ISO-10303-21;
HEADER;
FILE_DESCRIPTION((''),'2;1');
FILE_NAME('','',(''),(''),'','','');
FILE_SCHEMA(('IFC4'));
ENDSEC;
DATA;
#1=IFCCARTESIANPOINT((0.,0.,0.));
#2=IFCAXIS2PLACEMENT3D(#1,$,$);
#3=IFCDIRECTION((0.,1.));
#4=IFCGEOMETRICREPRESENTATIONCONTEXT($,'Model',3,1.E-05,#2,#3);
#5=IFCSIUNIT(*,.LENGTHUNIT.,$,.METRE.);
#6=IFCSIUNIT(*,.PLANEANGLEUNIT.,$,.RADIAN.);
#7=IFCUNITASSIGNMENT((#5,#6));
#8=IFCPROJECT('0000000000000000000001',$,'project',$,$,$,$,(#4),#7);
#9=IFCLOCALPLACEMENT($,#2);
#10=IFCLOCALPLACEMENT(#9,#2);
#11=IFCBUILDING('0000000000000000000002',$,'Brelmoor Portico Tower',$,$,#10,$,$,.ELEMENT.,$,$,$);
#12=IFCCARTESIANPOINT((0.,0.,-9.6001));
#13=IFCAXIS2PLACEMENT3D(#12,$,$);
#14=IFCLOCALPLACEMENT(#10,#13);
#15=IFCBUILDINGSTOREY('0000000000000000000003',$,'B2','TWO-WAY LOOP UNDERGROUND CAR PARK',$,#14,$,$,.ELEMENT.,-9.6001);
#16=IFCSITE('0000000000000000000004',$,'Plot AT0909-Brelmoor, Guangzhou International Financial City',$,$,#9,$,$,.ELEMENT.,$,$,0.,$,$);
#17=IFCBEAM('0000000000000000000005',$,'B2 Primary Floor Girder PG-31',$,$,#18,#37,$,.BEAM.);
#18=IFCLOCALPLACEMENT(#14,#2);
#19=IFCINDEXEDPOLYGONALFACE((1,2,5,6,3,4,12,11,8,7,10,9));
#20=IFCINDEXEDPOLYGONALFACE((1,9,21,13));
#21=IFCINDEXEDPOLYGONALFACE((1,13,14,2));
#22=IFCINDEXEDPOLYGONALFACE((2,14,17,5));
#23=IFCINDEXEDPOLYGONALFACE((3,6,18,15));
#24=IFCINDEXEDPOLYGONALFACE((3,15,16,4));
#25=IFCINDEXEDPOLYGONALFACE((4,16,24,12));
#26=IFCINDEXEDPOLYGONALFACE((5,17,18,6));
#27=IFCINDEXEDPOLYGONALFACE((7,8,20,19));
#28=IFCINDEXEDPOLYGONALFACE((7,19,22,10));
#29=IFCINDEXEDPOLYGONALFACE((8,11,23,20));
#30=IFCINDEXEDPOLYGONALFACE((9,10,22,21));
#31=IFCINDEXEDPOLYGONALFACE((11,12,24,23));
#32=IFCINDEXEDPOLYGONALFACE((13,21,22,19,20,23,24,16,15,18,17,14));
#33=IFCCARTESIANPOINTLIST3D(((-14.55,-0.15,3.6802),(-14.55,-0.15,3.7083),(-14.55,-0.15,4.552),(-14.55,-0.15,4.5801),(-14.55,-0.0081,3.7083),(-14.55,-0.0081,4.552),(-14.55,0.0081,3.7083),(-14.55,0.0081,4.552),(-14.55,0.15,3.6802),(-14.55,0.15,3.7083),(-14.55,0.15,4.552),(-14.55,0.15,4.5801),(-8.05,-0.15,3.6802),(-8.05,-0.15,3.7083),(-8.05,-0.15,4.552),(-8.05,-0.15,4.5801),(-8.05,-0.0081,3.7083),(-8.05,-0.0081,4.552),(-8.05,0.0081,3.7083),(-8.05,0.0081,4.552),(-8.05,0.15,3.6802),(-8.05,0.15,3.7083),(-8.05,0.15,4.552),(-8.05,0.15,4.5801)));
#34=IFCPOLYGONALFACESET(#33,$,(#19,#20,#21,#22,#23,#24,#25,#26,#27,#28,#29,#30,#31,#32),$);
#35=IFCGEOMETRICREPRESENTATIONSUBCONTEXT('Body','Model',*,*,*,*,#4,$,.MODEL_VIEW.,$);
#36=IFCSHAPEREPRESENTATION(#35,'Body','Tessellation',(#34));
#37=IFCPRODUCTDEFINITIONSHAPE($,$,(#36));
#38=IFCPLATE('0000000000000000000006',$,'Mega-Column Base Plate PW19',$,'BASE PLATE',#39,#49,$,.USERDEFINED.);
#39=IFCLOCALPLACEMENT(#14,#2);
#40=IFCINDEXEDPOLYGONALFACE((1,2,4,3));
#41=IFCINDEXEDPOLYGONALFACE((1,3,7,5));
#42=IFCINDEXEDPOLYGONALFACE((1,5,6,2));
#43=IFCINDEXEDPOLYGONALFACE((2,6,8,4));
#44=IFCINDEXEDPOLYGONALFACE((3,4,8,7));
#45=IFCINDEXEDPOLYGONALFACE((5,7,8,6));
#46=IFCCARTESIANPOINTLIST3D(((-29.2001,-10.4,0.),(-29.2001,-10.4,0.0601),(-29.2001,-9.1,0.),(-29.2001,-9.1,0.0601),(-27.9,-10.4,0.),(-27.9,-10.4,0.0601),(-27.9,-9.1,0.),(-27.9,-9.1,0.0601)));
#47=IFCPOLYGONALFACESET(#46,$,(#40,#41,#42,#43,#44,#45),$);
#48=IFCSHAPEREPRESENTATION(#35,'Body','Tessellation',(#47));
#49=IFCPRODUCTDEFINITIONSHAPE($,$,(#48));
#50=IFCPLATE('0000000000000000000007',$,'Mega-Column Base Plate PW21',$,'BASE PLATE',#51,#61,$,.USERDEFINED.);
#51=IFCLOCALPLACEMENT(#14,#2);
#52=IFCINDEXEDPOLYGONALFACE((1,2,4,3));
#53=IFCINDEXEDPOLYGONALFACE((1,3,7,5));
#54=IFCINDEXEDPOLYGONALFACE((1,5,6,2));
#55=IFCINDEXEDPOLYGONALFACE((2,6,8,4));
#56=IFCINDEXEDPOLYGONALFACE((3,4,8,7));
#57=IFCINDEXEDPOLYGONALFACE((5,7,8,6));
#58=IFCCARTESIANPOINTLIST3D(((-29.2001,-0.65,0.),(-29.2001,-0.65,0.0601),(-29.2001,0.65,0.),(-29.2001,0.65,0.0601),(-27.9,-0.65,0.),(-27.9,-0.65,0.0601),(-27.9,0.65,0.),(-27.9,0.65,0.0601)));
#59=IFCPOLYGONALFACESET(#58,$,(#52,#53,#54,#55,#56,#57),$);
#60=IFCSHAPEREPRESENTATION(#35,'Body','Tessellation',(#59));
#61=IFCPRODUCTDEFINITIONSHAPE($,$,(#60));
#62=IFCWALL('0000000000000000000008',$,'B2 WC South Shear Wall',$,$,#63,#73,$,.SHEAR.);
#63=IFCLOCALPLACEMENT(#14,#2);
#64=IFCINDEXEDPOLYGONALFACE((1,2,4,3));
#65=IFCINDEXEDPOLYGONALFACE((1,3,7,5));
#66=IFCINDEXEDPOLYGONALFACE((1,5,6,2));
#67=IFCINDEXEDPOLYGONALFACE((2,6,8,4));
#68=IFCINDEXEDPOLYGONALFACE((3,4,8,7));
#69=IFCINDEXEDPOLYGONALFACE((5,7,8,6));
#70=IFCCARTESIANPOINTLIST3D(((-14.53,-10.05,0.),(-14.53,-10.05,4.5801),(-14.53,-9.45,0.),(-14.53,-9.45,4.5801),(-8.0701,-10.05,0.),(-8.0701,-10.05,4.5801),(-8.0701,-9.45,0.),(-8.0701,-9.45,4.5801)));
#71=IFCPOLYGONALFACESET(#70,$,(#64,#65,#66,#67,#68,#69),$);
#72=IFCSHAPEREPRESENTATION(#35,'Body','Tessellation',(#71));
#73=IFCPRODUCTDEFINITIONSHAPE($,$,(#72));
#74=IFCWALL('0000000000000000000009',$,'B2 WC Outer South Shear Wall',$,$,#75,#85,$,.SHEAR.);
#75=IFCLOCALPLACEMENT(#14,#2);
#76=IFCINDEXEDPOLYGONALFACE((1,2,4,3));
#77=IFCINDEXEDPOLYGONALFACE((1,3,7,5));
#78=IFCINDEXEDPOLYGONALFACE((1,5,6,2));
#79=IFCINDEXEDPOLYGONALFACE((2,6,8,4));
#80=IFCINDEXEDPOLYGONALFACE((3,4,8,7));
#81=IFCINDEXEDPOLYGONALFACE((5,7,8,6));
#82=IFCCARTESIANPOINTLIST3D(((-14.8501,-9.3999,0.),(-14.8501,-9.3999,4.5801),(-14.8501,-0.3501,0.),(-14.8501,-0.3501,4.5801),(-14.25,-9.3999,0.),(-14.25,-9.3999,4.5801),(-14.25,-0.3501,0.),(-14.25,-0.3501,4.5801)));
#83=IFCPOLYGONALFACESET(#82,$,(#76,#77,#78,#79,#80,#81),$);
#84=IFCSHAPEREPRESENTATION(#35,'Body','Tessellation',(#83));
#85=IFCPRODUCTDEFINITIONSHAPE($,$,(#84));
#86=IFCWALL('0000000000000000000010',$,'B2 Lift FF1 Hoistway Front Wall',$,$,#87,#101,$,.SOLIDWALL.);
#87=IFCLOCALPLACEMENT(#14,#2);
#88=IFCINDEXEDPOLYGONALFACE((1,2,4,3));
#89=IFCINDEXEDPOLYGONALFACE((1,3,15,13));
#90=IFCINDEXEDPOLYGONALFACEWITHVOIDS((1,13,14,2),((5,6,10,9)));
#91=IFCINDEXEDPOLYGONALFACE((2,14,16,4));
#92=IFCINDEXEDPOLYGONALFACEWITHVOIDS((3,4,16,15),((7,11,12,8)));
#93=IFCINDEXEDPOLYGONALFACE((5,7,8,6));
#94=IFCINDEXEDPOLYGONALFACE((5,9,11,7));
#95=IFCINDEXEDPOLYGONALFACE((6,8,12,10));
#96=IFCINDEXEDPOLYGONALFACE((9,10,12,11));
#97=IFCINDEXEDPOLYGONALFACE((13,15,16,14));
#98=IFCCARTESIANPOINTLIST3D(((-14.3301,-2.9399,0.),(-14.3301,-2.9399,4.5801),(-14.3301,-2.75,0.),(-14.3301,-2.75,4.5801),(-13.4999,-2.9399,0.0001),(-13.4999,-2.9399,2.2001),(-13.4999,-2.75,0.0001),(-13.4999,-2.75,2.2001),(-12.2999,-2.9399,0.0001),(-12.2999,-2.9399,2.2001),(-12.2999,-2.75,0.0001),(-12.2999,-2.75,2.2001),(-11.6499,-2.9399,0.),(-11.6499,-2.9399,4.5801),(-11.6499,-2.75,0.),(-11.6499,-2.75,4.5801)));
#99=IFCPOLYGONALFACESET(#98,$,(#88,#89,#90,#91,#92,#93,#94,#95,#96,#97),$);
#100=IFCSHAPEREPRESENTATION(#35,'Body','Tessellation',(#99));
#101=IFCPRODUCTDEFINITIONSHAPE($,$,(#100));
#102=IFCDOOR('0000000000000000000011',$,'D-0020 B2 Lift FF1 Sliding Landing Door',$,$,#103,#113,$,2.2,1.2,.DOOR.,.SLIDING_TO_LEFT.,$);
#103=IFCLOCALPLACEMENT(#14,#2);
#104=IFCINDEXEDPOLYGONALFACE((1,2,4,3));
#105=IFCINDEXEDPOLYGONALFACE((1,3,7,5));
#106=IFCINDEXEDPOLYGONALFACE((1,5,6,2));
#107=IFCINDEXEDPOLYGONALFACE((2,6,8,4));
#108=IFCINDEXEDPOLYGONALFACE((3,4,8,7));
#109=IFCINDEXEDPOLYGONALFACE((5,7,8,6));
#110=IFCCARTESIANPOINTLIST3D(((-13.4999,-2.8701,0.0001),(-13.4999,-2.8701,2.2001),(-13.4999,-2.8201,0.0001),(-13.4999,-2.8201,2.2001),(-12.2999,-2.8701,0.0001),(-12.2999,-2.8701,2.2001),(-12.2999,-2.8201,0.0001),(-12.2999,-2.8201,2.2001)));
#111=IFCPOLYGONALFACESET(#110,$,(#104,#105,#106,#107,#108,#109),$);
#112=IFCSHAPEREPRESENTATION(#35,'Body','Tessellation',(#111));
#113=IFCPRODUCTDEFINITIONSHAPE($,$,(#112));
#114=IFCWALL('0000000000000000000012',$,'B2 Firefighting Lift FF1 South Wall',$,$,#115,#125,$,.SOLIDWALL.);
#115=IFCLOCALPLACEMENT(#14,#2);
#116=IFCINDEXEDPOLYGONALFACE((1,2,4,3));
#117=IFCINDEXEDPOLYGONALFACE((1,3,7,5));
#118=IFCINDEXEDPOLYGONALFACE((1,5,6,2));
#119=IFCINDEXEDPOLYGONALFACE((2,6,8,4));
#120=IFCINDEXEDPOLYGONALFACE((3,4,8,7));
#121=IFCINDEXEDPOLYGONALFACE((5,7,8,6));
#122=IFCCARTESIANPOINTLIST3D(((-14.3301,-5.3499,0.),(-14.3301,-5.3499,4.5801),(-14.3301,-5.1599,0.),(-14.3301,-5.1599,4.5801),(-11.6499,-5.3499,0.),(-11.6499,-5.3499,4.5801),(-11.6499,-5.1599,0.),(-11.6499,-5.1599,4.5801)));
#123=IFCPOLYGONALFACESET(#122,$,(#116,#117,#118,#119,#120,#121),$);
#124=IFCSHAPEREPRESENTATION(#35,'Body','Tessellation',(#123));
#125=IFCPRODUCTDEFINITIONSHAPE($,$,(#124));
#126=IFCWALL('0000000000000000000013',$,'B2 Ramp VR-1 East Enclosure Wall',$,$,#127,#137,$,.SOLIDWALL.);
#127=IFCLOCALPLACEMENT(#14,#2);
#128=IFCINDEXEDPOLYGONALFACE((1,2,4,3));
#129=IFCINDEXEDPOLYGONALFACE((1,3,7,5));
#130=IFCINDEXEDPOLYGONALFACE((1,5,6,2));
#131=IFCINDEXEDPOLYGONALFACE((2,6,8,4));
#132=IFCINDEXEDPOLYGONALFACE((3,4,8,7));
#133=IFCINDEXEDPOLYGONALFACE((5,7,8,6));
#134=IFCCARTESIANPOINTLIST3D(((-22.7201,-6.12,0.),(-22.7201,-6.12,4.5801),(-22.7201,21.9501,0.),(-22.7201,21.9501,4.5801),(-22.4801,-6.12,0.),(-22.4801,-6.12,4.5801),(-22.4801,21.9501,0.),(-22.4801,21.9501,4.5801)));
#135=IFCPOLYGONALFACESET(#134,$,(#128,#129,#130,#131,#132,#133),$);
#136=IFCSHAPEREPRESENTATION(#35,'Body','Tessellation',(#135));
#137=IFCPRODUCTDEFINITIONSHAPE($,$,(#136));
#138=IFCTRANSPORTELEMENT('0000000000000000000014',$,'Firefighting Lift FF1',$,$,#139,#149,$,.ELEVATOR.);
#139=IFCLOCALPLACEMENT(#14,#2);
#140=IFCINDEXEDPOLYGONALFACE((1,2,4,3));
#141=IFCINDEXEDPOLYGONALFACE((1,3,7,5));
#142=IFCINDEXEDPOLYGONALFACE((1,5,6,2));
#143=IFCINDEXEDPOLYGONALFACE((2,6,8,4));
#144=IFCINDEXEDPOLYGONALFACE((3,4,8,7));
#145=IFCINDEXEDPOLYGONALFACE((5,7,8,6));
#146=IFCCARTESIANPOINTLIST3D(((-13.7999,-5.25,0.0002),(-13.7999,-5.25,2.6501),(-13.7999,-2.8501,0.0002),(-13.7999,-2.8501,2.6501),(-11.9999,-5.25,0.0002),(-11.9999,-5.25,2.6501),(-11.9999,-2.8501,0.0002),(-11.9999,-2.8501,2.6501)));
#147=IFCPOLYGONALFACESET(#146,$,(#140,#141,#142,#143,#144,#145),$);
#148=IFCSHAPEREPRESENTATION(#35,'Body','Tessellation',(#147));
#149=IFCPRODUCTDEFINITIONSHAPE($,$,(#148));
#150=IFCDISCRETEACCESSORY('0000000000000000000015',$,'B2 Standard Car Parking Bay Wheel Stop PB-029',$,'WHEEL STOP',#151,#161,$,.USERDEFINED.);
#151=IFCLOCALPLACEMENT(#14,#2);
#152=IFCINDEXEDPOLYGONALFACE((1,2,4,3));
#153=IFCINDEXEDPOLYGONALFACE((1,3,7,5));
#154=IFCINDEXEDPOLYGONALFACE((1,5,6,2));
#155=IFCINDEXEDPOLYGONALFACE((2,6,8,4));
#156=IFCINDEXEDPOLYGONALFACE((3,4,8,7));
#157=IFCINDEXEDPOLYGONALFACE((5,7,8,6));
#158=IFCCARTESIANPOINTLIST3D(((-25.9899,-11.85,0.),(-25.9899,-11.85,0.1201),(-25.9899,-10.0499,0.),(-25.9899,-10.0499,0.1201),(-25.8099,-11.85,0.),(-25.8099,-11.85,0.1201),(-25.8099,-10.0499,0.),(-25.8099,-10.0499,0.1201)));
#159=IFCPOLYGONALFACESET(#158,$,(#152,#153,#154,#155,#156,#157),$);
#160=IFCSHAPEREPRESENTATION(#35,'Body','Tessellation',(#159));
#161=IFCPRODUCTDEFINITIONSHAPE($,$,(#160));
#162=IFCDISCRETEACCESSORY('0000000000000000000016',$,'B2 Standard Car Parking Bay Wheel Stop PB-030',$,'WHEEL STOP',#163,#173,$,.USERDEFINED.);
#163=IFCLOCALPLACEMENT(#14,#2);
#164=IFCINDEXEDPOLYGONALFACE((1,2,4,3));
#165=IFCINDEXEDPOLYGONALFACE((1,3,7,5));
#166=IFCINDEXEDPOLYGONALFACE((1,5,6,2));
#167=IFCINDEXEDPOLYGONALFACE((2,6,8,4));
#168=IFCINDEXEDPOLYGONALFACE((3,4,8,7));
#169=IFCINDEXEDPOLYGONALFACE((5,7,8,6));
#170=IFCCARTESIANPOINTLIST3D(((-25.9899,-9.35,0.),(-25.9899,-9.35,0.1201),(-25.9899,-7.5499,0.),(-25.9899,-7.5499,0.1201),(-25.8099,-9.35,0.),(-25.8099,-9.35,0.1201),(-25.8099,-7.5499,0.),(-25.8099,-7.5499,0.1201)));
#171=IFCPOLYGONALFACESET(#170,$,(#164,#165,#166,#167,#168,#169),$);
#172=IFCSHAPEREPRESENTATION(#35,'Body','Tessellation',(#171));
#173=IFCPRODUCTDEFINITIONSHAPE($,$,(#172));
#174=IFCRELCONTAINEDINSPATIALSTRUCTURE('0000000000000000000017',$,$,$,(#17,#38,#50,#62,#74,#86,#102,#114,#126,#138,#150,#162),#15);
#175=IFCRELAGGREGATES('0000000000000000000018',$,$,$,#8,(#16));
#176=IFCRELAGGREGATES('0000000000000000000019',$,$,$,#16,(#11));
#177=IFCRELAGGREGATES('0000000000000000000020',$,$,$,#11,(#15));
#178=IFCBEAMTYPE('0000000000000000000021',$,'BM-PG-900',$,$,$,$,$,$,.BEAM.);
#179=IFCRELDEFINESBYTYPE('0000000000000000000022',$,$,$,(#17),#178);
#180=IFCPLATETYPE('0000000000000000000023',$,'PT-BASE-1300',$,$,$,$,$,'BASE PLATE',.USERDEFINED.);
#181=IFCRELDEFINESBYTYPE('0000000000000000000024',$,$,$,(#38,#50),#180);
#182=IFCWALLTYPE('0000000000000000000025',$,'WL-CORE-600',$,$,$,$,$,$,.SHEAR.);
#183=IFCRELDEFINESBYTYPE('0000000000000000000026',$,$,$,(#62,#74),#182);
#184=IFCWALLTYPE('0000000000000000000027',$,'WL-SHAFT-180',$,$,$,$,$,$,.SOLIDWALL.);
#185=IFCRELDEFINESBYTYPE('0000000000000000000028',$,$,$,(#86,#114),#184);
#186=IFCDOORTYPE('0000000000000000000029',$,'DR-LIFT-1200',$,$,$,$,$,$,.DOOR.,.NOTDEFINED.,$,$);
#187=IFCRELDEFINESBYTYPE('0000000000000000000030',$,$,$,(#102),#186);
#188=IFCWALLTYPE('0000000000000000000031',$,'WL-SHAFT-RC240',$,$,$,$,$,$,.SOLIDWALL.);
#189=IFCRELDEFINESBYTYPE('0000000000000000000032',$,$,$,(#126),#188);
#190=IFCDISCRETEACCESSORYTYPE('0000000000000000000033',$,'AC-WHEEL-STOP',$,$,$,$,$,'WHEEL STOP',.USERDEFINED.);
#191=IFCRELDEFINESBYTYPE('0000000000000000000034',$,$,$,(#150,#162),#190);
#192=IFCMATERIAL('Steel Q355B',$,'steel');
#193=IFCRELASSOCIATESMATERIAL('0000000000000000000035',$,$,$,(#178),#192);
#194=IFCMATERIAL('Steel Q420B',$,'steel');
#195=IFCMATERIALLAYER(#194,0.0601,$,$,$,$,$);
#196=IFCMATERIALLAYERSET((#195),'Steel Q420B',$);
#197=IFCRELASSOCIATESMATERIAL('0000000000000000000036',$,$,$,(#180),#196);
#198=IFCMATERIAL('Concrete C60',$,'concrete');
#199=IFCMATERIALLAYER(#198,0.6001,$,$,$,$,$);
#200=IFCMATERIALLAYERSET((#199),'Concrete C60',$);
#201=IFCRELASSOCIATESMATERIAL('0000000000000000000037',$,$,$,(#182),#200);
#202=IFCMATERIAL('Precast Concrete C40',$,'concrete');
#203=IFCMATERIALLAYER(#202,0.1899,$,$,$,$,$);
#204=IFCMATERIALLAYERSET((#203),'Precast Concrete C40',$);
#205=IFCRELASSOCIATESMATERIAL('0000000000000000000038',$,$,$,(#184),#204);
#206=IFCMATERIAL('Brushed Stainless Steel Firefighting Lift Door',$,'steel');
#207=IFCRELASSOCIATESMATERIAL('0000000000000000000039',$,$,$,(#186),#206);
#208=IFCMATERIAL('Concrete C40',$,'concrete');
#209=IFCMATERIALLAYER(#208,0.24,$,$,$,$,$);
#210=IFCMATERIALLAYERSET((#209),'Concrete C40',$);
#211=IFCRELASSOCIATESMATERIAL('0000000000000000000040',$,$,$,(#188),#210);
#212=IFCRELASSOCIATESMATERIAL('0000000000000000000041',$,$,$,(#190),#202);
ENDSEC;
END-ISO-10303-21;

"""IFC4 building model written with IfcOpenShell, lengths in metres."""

from ifc_helpers import new_model, si_unit, direction, frame, frame_2d, origin, origin_2d, place, context, subcontext, project, spatial, rectangle, i_section, extrude, material, layer, layer_set, material_profile, profile_set, type_object, element, fill, save


model = new_model("IFC4")

# Units and contexts
model_context = context("Model", 3, precision=1e-05, world=origin(), true_north=direction((0.0, 1.0)))
body_context = subcontext(model_context, "Body", "Model", "MODEL_VIEW")
ifc_project = project(units=[si_unit("LENGTHUNIT", "METRE"), si_unit("PLANEANGLEUNIT", "RADIAN")], contexts=[model_context])

# Site, building, storey
site_placement = place(None, origin())
site = spatial("IfcSite", under=ifc_project, at=site_placement, Name="Plot AT0909-Brelmoor, Guangzhou International Financial City", CompositionType="ELEMENT", RefElevation=0.0)
building_placement = place(site_placement, origin())
building = spatial("IfcBuilding", under=site, at=building_placement, Name="Brelmoor Portico Tower", CompositionType="ELEMENT")
storey_placement = place(building_placement, frame((0.0, 0.0, -9.6001)))
storey = spatial("IfcBuildingStorey", under=building, at=storey_placement, Name="B2", Description="TWO-WAY LOOP UNDERGROUND CAR PARK", CompositionType="ELEMENT", Elevation=-9.6001)

# Shared definitions
ifc_material_1 = material(Name="Steel Q420B", Category="steel")

# Beam
ifc_material_2 = material(Name="Steel Q355B", Category="steel")
ifc_material_profile_1 = material_profile(ifc_material_2, i_section(OverallWidth=0.3, OverallDepth=0.8999, WebThickness=0.0161, FlangeThickness=0.0281, at=origin_2d()), Name="HN 900x300x16x28")
ifc_profile_set_1 = profile_set([ifc_material_profile_1], Name="Steel Q355B")
beam_type = type_object("IfcBeamType", Name="BM-PG-900", PredefinedType="BEAM", material=ifc_profile_set_1)
beam_1_placement = place(storey_placement, frame((-14.55, 0.0, 4.1301), z_axis=(1.0, 0.0, 0.0), x_axis=(0.0, 1.0, 0.0)))
element("IfcBeam", 1, at=beam_1_placement, inside=storey, type_object=beam_type, Name="B2 Primary Floor Girder PG-31", PredefinedType="BEAM", context=body_context, shape_type="SweptSolid", body=[
    extrude(i_section(OverallWidth=0.3, OverallDepth=0.8999, WebThickness=0.0161, FlangeThickness=0.0281, at=origin_2d()), origin(), (0.0, 0.0, 1.0), 6.5),
])

# Plates
ifc_layer_1 = layer(ifc_material_1, 0.0601)
ifc_layer_set_1 = layer_set([ifc_layer_1], Name="Steel Q420B")
plate_type = type_object("IfcPlateType", Name="PT-BASE-1300", ElementType="BASE PLATE", PredefinedType="USERDEFINED", material=ifc_layer_set_1)
for number, where, z_axis, x_axis, name in (
    (2, (-28.55, -9.75, 0.0), (0.0, 0.0, 1.0), (1.0, 0.0, 0.0), "Mega-Column Base Plate PW19"),
    (3, (-28.55, 0.0, 0.0), (0.0, 0.0, 1.0), (1.0, 0.0, 0.0), "Mega-Column Base Plate PW21"),
):
    element("IfcPlate", number, at=place(storey_placement, frame(where, z_axis=z_axis, x_axis=x_axis)), inside=storey, type_object=plate_type, Name=name, ObjectType="BASE PLATE", PredefinedType="USERDEFINED", context=body_context, shape_type="SweptSolid", body=[
        extrude(rectangle(XDim=1.3, YDim=1.3, at=origin_2d()), origin(), (0.0, 0.0, 1.0), 0.0601),
    ])

# Walls
ifc_material_3 = material(Name="Concrete C60", Category="concrete")
ifc_layer_2 = layer(ifc_material_3, 0.6001)
ifc_layer_set_2 = layer_set([ifc_layer_2], Name="Concrete C60")
wall_type_1 = type_object("IfcWallType", Name="WL-CORE-600", PredefinedType="SHEAR", material=ifc_layer_set_2)
wall_1_placement = place(storey_placement, frame((-14.53, -9.75, 0.0), z_axis=(0.0, 0.0, 1.0), x_axis=(1.0, 0.0, 0.0)))
element("IfcWall", 4, at=wall_1_placement, inside=storey, type_object=wall_type_1, Name="B2 WC South Shear Wall", PredefinedType="SHEAR", context=body_context, shape_type="SweptSolid", body=[
    extrude(rectangle(XDim=6.46, YDim=0.6001, at=frame_2d((3.23, 0.0))), origin(), (0.0, 0.0, 1.0), 4.5801),
])
wall_2_placement = place(storey_placement, frame((-14.55, -9.3999, 0.0), z_axis=(0.0, 0.0, 1.0), x_axis=(0.0, 1.0, 0.0)))
element("IfcWall", 5, at=wall_2_placement, inside=storey, type_object=wall_type_1, Name="B2 WC Outer South Shear Wall", PredefinedType="SHEAR", context=body_context, shape_type="SweptSolid", body=[
    extrude(rectangle(XDim=9.0498, YDim=0.6001, at=frame_2d((4.5249, 0.0))), origin(), (0.0, 0.0, 1.0), 4.5801),
])

# Wall, opening, door
ifc_material_4 = material(Name="Precast Concrete C40", Category="concrete")
ifc_layer_3 = layer(ifc_material_4, 0.1899)
ifc_layer_set_3 = layer_set([ifc_layer_3], Name="Precast Concrete C40")
wall_type_2 = type_object("IfcWallType", Name="WL-SHAFT-180", PredefinedType="SOLIDWALL", material=ifc_layer_set_3)
wall_3_placement = place(storey_placement, frame((-14.3301, -2.845, 0.0), z_axis=(0.0, 0.0, 1.0), x_axis=(1.0, 0.0, 0.0)))
wall_3 = element("IfcWall", 6, at=wall_3_placement, inside=storey, type_object=wall_type_2, Name="B2 Lift FF1 Hoistway Front Wall", PredefinedType="SOLIDWALL", context=body_context, shape_type="SweptSolid", body=[
    extrude(rectangle(XDim=2.6802, YDim=0.1899, at=frame_2d((1.3401, 0.0))), origin(), (0.0, 0.0, 1.0), 4.5801),
])
opening_placement = place(wall_3_placement, frame((0.8301, 0.0, 0.0)))
opening = element("IfcOpeningElement", 7, at=opening_placement, cuts=wall_3, PredefinedType="OPENING", context=body_context, shape_type="SweptSolid", body=[
    extrude(rectangle(XDim=1.2, YDim=2.2, at=frame_2d((0.6001, 1.1001))), frame((0.0, 0.105, 0.0), z_axis=(0.0, -1.0, 0.0), x_axis=(1.0, 0.0, 0.0)), (0.0, 0.0, 1.0), 0.21),
])
ifc_material_5 = material(Name="Brushed Stainless Steel Firefighting Lift Door", Category="steel")
door_type = type_object("IfcDoorType", Name="DR-LIFT-1200", OperationType="NOTDEFINED", PredefinedType="DOOR", material=ifc_material_5)
door_placement = place(opening_placement, origin())
door = element("IfcDoor", 8, at=door_placement, inside=storey, type_object=door_type, Name="D-0020 B2 Lift FF1 Sliding Landing Door", OperationType="SLIDING_TO_LEFT", OverallHeight=2.2, OverallWidth=1.2, PredefinedType="DOOR", context=body_context, shape_type="SweptSolid", body=[
    extrude(rectangle(XDim=1.2, YDim=2.2, at=frame_2d((0.6001, 1.1001))), frame((0.0, 0.0249, 0.0), z_axis=(0.0, -1.0, 0.0), x_axis=(1.0, 0.0, 0.0)), (0.0, 0.0, 1.0), 0.05),
])
fill(opening, door)

# Walls
wall_4_placement = place(storey_placement, frame((-14.3301, -5.2549, 0.0), z_axis=(0.0, 0.0, 1.0), x_axis=(1.0, 0.0, 0.0)))
element("IfcWall", 9, at=wall_4_placement, inside=storey, type_object=wall_type_2, Name="B2 Firefighting Lift FF1 South Wall", PredefinedType="SOLIDWALL", context=body_context, shape_type="SweptSolid", body=[
    extrude(rectangle(XDim=2.6802, YDim=0.1899, at=frame_2d((1.3401, 0.0))), origin(), (0.0, 0.0, 1.0), 4.5801),
])
ifc_material_6 = material(Name="Concrete C40", Category="concrete")
ifc_layer_4 = layer(ifc_material_6, 0.24)
ifc_layer_set_4 = layer_set([ifc_layer_4], Name="Concrete C40")
wall_type_3 = type_object("IfcWallType", Name="WL-SHAFT-RC240", PredefinedType="SOLIDWALL", material=ifc_layer_set_4)
wall_5_placement = place(storey_placement, frame((-22.6001, -6.1201, 0.0), z_axis=(0.0, 0.0, 1.0), x_axis=(0.0, 1.0, 0.0)))
element("IfcWall", 10, at=wall_5_placement, inside=storey, type_object=wall_type_3, Name="B2 Ramp VR-1 East Enclosure Wall", PredefinedType="SOLIDWALL", context=body_context, shape_type="SweptSolid", body=[
    extrude(rectangle(XDim=28.0701, YDim=0.24, at=frame_2d((14.0352, 0.0))), origin(), (0.0, 0.0, 1.0), 4.5801),
])

# Transport element
transport_element_placement = place(storey_placement, frame((-12.8999, -4.05, 0.0002), z_axis=(0.0, 0.0, 1.0), x_axis=(1.0, 0.0, 0.0)))
element("IfcTransportElement", 11, at=transport_element_placement, inside=storey, Name="Firefighting Lift FF1", PredefinedType="ELEVATOR", context=body_context, shape_type="SweptSolid", body=[
    extrude(rectangle(XDim=1.8, YDim=2.3999, at=origin_2d()), origin(), (0.0, 0.0, 1.0), 2.6499),
])

# Discrete accessories
discrete_accessory_type = type_object("IfcDiscreteAccessoryType", Name="AC-WHEEL-STOP", ElementType="WHEEL STOP", PredefinedType="USERDEFINED", material=ifc_material_4)
for number, where, z_axis, x_axis, name in (
    (12, (-25.8999, -10.95, 0.0), (0.0, 0.0, 1.0), (0.0, 1.0, 0.0), "B2 Standard Car Parking Bay Wheel Stop PB-029"),
    (13, (-25.8999, -8.45, 0.0), (0.0, 0.0, 1.0), (0.0, 1.0, 0.0), "B2 Standard Car Parking Bay Wheel Stop PB-030"),
):
    element("IfcDiscreteAccessory", number, at=place(storey_placement, frame(where, z_axis=z_axis, x_axis=x_axis)), inside=storey, type_object=discrete_accessory_type, Name=name, ObjectType="WHEEL STOP", PredefinedType="USERDEFINED", context=body_context, shape_type="SweptSolid", body=[
        extrude(rectangle(XDim=1.8, YDim=0.1799, at=origin_2d()), origin(), (0.0, 0.0, 1.0), 0.1201),
    ])

save(model, "model.ifc")
